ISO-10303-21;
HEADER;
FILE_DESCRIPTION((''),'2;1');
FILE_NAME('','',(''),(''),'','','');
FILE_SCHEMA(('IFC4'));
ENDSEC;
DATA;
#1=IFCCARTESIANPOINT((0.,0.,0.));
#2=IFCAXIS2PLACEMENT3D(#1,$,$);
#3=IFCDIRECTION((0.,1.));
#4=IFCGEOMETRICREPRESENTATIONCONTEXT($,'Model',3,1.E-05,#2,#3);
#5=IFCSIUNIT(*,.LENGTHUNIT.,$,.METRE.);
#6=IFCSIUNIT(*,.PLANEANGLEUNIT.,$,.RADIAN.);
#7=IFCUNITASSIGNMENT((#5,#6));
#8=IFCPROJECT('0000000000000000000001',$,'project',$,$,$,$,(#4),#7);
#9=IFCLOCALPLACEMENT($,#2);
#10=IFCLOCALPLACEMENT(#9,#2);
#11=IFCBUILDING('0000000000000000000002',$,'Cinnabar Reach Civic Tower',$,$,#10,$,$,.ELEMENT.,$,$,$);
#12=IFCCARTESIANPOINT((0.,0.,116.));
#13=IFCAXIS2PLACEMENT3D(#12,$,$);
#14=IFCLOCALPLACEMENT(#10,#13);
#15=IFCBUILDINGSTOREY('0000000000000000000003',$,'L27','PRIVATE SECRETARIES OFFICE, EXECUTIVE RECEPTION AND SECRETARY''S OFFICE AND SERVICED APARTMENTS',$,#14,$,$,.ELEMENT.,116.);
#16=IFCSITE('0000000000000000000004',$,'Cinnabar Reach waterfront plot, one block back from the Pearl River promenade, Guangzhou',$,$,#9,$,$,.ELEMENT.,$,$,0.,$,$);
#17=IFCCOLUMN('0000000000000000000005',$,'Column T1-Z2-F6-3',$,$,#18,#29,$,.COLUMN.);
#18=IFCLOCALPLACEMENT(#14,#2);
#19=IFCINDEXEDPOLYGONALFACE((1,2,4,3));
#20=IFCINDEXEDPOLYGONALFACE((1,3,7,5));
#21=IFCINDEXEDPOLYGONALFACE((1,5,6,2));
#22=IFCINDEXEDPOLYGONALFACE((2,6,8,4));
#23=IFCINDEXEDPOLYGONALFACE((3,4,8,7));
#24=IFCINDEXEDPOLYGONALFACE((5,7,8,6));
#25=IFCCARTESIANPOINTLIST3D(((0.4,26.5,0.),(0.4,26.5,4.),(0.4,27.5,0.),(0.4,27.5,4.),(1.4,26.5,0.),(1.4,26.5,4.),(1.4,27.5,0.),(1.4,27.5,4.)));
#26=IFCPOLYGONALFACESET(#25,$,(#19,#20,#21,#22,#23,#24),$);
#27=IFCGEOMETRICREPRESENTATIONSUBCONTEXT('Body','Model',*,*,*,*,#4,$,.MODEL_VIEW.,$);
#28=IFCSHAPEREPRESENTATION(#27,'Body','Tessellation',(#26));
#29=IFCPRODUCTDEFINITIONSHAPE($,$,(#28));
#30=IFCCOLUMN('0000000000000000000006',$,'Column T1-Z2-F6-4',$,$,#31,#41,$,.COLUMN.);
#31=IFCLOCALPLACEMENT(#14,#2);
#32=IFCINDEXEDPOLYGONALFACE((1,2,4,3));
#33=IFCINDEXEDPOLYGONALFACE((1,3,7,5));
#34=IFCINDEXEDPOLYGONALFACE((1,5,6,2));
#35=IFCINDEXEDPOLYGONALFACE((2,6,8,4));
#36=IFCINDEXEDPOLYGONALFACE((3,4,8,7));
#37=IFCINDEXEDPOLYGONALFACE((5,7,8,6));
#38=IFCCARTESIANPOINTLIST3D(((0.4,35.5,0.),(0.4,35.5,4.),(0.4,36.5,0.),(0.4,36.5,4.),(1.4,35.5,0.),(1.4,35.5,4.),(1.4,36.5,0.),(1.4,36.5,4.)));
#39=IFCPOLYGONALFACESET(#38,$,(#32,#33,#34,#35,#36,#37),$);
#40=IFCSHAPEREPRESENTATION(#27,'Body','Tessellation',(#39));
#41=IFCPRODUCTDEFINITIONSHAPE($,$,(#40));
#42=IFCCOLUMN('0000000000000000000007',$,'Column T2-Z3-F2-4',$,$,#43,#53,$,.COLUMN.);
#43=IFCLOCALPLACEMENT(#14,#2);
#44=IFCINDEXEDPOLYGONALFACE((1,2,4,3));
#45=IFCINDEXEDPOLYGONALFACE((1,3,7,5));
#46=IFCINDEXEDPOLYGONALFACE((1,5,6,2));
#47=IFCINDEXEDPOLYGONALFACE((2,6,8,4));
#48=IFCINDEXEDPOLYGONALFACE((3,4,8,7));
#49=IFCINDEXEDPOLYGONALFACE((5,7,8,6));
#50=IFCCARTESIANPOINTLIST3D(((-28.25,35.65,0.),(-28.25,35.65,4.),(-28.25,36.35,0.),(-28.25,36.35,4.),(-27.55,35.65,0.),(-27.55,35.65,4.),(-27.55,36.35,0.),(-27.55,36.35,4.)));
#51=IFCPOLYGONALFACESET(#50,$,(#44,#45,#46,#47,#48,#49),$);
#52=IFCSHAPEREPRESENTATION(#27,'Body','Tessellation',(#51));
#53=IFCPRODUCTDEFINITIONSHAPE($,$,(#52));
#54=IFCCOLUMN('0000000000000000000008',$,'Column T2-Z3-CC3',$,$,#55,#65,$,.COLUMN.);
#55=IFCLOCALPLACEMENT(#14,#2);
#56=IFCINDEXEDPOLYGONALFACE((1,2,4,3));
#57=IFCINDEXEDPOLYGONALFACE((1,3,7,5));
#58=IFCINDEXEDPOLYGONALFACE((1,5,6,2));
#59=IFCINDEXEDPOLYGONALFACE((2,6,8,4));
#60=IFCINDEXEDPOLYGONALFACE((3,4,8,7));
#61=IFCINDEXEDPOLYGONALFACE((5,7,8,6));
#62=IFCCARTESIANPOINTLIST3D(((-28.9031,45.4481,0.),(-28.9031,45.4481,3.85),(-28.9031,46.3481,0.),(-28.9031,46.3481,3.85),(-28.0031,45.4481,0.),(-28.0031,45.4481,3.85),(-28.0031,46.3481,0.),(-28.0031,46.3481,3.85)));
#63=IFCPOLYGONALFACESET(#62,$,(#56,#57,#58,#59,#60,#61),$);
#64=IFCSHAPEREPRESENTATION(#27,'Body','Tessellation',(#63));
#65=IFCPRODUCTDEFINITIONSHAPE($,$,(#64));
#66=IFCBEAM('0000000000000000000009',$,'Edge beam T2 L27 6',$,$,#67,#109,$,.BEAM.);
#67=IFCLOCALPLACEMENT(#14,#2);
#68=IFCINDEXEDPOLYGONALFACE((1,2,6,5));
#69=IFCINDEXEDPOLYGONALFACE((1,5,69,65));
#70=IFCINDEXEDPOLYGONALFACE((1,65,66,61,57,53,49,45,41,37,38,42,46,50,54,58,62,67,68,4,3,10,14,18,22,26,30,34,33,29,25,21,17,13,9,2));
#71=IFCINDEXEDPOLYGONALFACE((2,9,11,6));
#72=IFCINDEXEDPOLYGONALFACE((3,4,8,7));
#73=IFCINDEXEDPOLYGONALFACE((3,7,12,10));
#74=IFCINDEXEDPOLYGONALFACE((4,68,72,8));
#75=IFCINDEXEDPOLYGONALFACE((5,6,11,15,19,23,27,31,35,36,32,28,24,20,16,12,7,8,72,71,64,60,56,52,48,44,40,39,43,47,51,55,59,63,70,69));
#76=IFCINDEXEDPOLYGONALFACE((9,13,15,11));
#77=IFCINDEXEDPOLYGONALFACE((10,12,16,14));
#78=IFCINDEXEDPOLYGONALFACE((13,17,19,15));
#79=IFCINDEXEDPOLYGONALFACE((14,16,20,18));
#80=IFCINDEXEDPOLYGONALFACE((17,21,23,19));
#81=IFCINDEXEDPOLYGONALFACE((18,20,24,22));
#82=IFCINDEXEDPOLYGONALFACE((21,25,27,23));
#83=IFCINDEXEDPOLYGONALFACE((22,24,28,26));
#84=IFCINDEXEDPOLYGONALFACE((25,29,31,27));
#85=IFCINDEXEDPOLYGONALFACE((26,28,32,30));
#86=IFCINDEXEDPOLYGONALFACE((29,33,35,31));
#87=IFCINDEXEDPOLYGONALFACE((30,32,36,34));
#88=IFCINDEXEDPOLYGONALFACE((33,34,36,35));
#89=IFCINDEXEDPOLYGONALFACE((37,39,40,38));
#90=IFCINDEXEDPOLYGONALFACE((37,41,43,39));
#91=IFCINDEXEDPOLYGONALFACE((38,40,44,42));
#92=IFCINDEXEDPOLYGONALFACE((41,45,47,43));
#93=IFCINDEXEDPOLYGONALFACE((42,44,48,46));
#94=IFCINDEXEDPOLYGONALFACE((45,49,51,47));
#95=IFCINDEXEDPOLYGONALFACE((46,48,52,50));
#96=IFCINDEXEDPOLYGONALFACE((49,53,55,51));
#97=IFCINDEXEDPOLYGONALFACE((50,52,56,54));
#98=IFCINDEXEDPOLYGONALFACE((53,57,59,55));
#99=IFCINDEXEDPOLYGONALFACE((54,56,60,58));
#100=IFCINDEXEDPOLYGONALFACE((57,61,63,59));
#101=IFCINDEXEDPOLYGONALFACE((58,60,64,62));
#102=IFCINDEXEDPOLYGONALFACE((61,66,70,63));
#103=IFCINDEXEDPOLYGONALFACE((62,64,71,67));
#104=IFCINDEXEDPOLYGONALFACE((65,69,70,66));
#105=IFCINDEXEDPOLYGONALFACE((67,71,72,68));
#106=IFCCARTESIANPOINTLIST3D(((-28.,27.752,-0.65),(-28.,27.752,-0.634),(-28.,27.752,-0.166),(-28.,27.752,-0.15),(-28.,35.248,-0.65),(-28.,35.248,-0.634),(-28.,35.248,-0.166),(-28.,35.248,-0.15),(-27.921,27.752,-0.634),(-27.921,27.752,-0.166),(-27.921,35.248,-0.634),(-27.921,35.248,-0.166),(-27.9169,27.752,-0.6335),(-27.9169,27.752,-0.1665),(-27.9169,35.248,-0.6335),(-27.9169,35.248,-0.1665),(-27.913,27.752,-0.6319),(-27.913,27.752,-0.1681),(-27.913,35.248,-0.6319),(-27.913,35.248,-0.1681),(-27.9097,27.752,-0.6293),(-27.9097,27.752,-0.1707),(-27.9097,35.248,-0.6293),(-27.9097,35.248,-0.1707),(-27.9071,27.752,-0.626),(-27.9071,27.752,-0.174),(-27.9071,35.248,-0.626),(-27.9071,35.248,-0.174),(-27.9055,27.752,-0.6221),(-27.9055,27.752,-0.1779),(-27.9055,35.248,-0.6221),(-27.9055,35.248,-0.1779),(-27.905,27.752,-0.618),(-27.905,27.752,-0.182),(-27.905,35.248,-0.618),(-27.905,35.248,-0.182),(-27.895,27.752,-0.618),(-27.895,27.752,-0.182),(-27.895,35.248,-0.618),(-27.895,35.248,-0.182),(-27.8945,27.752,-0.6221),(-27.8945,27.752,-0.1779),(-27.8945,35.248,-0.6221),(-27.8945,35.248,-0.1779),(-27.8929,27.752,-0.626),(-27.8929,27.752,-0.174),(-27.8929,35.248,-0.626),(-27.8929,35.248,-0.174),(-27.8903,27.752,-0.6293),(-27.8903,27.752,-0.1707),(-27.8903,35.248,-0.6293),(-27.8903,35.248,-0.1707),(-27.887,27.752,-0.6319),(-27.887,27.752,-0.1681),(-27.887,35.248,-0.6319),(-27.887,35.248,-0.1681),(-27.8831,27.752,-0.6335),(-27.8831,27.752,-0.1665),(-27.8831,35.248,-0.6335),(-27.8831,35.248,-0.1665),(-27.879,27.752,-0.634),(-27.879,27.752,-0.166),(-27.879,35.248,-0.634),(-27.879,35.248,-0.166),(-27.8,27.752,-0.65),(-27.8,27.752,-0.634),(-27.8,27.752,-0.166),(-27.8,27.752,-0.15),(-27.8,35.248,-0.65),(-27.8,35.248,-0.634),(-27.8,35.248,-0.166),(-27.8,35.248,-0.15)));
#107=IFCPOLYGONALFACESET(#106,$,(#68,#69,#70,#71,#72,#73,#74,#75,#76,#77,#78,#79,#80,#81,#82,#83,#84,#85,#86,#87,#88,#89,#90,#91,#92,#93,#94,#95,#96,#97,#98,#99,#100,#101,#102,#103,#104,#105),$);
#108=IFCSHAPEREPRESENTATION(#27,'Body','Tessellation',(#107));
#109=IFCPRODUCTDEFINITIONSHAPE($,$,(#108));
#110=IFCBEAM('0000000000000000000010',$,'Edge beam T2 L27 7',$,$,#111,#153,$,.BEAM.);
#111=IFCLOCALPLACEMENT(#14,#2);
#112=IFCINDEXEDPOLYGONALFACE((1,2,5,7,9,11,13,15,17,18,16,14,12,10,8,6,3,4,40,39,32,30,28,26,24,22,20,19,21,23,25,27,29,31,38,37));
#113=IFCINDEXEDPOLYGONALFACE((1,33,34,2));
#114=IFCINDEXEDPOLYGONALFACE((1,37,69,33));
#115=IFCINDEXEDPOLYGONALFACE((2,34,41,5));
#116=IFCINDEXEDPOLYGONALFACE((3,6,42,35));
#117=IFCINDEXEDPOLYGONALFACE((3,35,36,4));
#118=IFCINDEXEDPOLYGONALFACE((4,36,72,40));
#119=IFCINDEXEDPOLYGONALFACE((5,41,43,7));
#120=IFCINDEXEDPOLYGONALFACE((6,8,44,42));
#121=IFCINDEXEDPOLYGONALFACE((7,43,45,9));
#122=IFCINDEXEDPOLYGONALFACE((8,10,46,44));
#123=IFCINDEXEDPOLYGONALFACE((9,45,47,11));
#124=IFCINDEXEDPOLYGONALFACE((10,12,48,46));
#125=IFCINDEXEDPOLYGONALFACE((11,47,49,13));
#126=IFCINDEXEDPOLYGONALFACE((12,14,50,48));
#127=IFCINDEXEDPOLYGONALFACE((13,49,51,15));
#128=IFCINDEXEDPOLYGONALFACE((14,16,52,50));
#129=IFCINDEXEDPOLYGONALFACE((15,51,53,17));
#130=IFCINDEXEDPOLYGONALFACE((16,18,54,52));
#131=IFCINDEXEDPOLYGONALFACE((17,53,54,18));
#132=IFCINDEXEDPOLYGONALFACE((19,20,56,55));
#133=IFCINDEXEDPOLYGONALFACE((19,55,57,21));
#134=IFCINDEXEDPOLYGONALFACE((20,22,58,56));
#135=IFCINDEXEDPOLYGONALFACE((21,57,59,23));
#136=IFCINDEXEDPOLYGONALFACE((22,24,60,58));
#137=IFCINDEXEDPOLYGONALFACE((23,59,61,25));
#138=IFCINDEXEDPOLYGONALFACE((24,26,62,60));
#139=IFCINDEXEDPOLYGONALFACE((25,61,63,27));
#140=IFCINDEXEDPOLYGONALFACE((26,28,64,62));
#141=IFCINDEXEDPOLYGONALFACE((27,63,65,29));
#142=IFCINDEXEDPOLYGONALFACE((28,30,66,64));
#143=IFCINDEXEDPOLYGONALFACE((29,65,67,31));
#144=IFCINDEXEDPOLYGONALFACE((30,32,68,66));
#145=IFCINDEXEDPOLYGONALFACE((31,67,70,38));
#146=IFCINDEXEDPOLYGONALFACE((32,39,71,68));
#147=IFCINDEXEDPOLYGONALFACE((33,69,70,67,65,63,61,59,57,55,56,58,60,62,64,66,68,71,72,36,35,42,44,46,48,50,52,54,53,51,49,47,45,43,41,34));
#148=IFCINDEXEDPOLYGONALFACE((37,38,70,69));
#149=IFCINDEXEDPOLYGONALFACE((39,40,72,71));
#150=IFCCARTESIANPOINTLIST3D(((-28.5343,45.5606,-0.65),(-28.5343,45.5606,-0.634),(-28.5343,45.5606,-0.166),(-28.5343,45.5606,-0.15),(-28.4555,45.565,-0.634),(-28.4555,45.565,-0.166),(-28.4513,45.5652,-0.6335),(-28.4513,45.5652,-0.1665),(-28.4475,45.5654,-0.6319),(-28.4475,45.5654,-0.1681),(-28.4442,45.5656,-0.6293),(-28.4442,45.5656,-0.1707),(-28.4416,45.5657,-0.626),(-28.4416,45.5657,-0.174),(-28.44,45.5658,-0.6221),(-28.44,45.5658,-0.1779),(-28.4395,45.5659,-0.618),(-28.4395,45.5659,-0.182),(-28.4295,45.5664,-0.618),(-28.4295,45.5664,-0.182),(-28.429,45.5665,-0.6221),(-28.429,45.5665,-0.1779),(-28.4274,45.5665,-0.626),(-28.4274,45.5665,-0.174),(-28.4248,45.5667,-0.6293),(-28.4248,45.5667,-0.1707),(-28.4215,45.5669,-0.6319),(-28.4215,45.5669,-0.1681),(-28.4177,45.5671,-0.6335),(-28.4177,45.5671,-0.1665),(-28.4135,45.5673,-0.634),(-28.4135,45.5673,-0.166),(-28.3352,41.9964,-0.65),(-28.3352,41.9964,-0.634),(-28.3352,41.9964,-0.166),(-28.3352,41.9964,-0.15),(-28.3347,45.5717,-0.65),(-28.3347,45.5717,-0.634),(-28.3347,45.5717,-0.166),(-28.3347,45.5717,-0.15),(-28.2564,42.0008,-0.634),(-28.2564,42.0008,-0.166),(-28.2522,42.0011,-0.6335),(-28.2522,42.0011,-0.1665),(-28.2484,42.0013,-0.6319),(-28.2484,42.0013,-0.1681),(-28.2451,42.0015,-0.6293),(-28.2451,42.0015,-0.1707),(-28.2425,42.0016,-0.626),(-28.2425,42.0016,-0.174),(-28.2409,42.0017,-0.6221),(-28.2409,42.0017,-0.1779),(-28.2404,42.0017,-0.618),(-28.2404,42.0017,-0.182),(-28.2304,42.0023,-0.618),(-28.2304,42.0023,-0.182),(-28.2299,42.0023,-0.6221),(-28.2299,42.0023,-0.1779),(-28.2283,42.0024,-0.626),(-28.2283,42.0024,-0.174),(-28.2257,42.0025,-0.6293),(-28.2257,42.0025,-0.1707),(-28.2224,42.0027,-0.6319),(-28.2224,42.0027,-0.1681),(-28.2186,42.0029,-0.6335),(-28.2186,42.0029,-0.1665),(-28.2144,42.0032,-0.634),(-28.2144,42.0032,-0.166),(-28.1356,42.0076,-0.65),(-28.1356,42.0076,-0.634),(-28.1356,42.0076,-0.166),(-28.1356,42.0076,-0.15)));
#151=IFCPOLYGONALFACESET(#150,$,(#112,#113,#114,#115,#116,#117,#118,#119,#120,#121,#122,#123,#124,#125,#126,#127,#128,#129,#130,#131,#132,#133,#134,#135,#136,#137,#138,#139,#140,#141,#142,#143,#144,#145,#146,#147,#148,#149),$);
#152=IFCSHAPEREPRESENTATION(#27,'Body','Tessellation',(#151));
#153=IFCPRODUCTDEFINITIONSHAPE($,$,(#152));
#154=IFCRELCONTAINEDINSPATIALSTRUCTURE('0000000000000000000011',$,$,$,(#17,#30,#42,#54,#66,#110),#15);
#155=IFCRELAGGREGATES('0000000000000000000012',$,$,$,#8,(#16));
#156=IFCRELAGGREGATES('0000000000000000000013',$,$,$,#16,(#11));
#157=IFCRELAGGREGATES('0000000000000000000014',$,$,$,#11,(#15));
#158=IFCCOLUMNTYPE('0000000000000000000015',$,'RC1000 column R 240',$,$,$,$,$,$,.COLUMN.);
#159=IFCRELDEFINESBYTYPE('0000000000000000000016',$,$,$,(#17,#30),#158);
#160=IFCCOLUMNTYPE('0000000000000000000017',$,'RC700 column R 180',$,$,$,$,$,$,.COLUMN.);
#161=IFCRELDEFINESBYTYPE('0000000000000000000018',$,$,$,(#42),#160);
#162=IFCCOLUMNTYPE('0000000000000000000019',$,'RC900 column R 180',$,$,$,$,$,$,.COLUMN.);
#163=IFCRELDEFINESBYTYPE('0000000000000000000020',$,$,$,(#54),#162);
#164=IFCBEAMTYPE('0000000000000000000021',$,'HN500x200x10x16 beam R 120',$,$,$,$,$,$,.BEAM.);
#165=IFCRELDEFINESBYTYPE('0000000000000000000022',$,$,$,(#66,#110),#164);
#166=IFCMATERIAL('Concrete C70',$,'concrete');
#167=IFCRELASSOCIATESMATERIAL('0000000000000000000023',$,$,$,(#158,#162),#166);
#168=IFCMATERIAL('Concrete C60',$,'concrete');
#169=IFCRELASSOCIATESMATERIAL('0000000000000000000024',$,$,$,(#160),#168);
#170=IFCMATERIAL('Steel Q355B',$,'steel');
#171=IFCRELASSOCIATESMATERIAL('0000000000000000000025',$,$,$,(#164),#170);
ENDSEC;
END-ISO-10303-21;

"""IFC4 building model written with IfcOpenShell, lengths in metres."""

from ifc_helpers import new_model, si_unit, direction, frame, origin, origin_2d, place, context, subcontext, project, spatial, rectangle, i_section, extrude, material, material_profile, profile_set, type_object, element, save


model = new_model("IFC4")

# Units and contexts
model_context = context("Model", 3, precision=1e-05, world=origin(), true_north=direction((0.0, 1.0)))
body_context = subcontext(model_context, "Body", "Model", "MODEL_VIEW")
ifc_project = project(units=[si_unit("LENGTHUNIT", "METRE"), si_unit("PLANEANGLEUNIT", "RADIAN")], contexts=[model_context])

# Site, building, storey
site_placement = place(None, origin())
site = spatial("IfcSite", under=ifc_project, at=site_placement, Name="Cinnabar Reach waterfront plot, one block back from the Pearl River promenade, Guangzhou", CompositionType="ELEMENT", RefElevation=0.0)
building_placement = place(site_placement, origin())
building = spatial("IfcBuilding", under=site, at=building_placement, Name="Cinnabar Reach Civic Tower", CompositionType="ELEMENT")
storey_placement = place(building_placement, frame((0.0, 0.0, 116.0)))
storey = spatial("IfcBuildingStorey", under=building, at=storey_placement, Name="L27", Description="PRIVATE SECRETARIES OFFICE, EXECUTIVE RECEPTION AND SECRETARY'S OFFICE AND SERVICED APARTMENTS", CompositionType="ELEMENT", Elevation=116.0)

# Columns
ifc_material_1 = material(Name="Concrete C70", Category="concrete")
ifc_material_profile_1 = material_profile(ifc_material_1, rectangle(XDim=1.0, YDim=1.0, at=origin_2d()), Name="RC1000")
ifc_profile_set_1 = profile_set([ifc_material_profile_1], Name="Concrete C70")
column_type_1 = type_object("IfcColumnType", Name="RC1000 column R 240", PredefinedType="COLUMN", material=ifc_profile_set_1)
for number, where, z_axis, x_axis, name in (
    (1, (0.9, 27.0, 0.0), (0.0, 0.0, 1.0), (1.0, 0.0, 0.0), "Column T1-Z2-F6-3"),
    (2, (0.9, 36.0, 0.0), (0.0, 0.0, 1.0), (1.0, 0.0, 0.0), "Column T1-Z2-F6-4"),
):
    element("IfcColumn", number, at=place(storey_placement, frame(where, z_axis=z_axis, x_axis=x_axis)), inside=storey, type_object=column_type_1, Name=name, PredefinedType="COLUMN", context=body_context, shape_type="SweptSolid", body=[
        extrude(rectangle(XDim=1.0, YDim=1.0, at=origin_2d()), origin(), (0.0, 0.0, 1.0), 4.0),
    ])
ifc_material_2 = material(Name="Concrete C60", Category="concrete")
ifc_material_profile_2 = material_profile(ifc_material_2, rectangle(XDim=0.7, YDim=0.7, at=origin_2d()), Name="RC700")
ifc_profile_set_2 = profile_set([ifc_material_profile_2], Name="Concrete C60")
column_type_2 = type_object("IfcColumnType", Name="RC700 column R 180", PredefinedType="COLUMN", material=ifc_profile_set_2)
column_1_placement = place(storey_placement, frame((-27.9, 36.0, 0.0), z_axis=(0.0, 0.0, 1.0), x_axis=(1.0, 0.0, 0.0)))
element("IfcColumn", 3, at=column_1_placement, inside=storey, type_object=column_type_2, Name="Column T2-Z3-F2-4", PredefinedType="COLUMN", context=body_context, shape_type="SweptSolid", body=[
    extrude(rectangle(XDim=0.7, YDim=0.7, at=origin_2d()), origin(), (0.0, 0.0, 1.0), 4.0),
])
ifc_material_profile_3 = material_profile(ifc_material_1, rectangle(XDim=0.9, YDim=0.9, at=origin_2d()), Name="RC900")
ifc_profile_set_3 = profile_set([ifc_material_profile_3], Name="Concrete C70")
column_type_3 = type_object("IfcColumnType", Name="RC900 column R 180", PredefinedType="COLUMN", material=ifc_profile_set_3)
column_2_placement = place(storey_placement, frame((-28.4531, 45.8981, 0.0), z_axis=(0.0, 0.0, 1.0), x_axis=(1.0, 0.0, 0.0)))
element("IfcColumn", 4, at=column_2_placement, inside=storey, type_object=column_type_3, Name="Column T2-Z3-CC3", PredefinedType="COLUMN", context=body_context, shape_type="SweptSolid", body=[
    extrude(rectangle(XDim=0.9, YDim=0.9, at=origin_2d()), origin(), (0.0, 0.0, 1.0), 3.85),
])

# Beams
ifc_material_3 = material(Name="Steel Q355B", Category="steel")
ifc_material_profile_4 = material_profile(ifc_material_3, i_section(OverallWidth=0.2, OverallDepth=0.5, WebThickness=0.01, FlangeThickness=0.016, FilletRadius=0.016, at=origin_2d()), Name="HN500x200x10x16")
ifc_profile_set_4 = profile_set([ifc_material_profile_4], Name="Steel Q355B")
beam_type_1 = type_object("IfcBeamType", Name="HN500x200x10x16 beam R 120", PredefinedType="BEAM", material=ifc_profile_set_4)
beam_1_placement = place(storey_placement, frame((-27.9, 27.752, -0.4), z_axis=(0.0, 1.0, 0.0), x_axis=(-1.0, 0.0, 0.0)))
element("IfcBeam", 5, at=beam_1_placement, inside=storey, type_object=beam_type_1, Name="Edge beam T2 L27 6", PredefinedType="BEAM", context=body_context, shape_type="SweptSolid", body=[
    extrude(i_section(OverallWidth=0.2, OverallDepth=0.5, WebThickness=0.01, FlangeThickness=0.016, FilletRadius=0.016, at=origin_2d()), origin(), (0.0, 0.0, 1.0), 7.496),
])
beam_2_placement = place(storey_placement, frame((-28.2354, 42.002, -0.4), z_axis=(-0.055776, 0.998443, 0.0), x_axis=(-0.998443, -0.055776, 0.0)))
element("IfcBeam", 6, at=beam_2_placement, inside=storey, type_object=beam_type_1, Name="Edge beam T2 L27 7", PredefinedType="BEAM", context=body_context, shape_type="SweptSolid", body=[
    extrude(i_section(OverallWidth=0.2, OverallDepth=0.5, WebThickness=0.01, FlangeThickness=0.016, FilletRadius=0.016, at=origin_2d()), origin(), (0.0, 0.0, 1.0), 3.5697),
])

save(model, "model.ifc")
